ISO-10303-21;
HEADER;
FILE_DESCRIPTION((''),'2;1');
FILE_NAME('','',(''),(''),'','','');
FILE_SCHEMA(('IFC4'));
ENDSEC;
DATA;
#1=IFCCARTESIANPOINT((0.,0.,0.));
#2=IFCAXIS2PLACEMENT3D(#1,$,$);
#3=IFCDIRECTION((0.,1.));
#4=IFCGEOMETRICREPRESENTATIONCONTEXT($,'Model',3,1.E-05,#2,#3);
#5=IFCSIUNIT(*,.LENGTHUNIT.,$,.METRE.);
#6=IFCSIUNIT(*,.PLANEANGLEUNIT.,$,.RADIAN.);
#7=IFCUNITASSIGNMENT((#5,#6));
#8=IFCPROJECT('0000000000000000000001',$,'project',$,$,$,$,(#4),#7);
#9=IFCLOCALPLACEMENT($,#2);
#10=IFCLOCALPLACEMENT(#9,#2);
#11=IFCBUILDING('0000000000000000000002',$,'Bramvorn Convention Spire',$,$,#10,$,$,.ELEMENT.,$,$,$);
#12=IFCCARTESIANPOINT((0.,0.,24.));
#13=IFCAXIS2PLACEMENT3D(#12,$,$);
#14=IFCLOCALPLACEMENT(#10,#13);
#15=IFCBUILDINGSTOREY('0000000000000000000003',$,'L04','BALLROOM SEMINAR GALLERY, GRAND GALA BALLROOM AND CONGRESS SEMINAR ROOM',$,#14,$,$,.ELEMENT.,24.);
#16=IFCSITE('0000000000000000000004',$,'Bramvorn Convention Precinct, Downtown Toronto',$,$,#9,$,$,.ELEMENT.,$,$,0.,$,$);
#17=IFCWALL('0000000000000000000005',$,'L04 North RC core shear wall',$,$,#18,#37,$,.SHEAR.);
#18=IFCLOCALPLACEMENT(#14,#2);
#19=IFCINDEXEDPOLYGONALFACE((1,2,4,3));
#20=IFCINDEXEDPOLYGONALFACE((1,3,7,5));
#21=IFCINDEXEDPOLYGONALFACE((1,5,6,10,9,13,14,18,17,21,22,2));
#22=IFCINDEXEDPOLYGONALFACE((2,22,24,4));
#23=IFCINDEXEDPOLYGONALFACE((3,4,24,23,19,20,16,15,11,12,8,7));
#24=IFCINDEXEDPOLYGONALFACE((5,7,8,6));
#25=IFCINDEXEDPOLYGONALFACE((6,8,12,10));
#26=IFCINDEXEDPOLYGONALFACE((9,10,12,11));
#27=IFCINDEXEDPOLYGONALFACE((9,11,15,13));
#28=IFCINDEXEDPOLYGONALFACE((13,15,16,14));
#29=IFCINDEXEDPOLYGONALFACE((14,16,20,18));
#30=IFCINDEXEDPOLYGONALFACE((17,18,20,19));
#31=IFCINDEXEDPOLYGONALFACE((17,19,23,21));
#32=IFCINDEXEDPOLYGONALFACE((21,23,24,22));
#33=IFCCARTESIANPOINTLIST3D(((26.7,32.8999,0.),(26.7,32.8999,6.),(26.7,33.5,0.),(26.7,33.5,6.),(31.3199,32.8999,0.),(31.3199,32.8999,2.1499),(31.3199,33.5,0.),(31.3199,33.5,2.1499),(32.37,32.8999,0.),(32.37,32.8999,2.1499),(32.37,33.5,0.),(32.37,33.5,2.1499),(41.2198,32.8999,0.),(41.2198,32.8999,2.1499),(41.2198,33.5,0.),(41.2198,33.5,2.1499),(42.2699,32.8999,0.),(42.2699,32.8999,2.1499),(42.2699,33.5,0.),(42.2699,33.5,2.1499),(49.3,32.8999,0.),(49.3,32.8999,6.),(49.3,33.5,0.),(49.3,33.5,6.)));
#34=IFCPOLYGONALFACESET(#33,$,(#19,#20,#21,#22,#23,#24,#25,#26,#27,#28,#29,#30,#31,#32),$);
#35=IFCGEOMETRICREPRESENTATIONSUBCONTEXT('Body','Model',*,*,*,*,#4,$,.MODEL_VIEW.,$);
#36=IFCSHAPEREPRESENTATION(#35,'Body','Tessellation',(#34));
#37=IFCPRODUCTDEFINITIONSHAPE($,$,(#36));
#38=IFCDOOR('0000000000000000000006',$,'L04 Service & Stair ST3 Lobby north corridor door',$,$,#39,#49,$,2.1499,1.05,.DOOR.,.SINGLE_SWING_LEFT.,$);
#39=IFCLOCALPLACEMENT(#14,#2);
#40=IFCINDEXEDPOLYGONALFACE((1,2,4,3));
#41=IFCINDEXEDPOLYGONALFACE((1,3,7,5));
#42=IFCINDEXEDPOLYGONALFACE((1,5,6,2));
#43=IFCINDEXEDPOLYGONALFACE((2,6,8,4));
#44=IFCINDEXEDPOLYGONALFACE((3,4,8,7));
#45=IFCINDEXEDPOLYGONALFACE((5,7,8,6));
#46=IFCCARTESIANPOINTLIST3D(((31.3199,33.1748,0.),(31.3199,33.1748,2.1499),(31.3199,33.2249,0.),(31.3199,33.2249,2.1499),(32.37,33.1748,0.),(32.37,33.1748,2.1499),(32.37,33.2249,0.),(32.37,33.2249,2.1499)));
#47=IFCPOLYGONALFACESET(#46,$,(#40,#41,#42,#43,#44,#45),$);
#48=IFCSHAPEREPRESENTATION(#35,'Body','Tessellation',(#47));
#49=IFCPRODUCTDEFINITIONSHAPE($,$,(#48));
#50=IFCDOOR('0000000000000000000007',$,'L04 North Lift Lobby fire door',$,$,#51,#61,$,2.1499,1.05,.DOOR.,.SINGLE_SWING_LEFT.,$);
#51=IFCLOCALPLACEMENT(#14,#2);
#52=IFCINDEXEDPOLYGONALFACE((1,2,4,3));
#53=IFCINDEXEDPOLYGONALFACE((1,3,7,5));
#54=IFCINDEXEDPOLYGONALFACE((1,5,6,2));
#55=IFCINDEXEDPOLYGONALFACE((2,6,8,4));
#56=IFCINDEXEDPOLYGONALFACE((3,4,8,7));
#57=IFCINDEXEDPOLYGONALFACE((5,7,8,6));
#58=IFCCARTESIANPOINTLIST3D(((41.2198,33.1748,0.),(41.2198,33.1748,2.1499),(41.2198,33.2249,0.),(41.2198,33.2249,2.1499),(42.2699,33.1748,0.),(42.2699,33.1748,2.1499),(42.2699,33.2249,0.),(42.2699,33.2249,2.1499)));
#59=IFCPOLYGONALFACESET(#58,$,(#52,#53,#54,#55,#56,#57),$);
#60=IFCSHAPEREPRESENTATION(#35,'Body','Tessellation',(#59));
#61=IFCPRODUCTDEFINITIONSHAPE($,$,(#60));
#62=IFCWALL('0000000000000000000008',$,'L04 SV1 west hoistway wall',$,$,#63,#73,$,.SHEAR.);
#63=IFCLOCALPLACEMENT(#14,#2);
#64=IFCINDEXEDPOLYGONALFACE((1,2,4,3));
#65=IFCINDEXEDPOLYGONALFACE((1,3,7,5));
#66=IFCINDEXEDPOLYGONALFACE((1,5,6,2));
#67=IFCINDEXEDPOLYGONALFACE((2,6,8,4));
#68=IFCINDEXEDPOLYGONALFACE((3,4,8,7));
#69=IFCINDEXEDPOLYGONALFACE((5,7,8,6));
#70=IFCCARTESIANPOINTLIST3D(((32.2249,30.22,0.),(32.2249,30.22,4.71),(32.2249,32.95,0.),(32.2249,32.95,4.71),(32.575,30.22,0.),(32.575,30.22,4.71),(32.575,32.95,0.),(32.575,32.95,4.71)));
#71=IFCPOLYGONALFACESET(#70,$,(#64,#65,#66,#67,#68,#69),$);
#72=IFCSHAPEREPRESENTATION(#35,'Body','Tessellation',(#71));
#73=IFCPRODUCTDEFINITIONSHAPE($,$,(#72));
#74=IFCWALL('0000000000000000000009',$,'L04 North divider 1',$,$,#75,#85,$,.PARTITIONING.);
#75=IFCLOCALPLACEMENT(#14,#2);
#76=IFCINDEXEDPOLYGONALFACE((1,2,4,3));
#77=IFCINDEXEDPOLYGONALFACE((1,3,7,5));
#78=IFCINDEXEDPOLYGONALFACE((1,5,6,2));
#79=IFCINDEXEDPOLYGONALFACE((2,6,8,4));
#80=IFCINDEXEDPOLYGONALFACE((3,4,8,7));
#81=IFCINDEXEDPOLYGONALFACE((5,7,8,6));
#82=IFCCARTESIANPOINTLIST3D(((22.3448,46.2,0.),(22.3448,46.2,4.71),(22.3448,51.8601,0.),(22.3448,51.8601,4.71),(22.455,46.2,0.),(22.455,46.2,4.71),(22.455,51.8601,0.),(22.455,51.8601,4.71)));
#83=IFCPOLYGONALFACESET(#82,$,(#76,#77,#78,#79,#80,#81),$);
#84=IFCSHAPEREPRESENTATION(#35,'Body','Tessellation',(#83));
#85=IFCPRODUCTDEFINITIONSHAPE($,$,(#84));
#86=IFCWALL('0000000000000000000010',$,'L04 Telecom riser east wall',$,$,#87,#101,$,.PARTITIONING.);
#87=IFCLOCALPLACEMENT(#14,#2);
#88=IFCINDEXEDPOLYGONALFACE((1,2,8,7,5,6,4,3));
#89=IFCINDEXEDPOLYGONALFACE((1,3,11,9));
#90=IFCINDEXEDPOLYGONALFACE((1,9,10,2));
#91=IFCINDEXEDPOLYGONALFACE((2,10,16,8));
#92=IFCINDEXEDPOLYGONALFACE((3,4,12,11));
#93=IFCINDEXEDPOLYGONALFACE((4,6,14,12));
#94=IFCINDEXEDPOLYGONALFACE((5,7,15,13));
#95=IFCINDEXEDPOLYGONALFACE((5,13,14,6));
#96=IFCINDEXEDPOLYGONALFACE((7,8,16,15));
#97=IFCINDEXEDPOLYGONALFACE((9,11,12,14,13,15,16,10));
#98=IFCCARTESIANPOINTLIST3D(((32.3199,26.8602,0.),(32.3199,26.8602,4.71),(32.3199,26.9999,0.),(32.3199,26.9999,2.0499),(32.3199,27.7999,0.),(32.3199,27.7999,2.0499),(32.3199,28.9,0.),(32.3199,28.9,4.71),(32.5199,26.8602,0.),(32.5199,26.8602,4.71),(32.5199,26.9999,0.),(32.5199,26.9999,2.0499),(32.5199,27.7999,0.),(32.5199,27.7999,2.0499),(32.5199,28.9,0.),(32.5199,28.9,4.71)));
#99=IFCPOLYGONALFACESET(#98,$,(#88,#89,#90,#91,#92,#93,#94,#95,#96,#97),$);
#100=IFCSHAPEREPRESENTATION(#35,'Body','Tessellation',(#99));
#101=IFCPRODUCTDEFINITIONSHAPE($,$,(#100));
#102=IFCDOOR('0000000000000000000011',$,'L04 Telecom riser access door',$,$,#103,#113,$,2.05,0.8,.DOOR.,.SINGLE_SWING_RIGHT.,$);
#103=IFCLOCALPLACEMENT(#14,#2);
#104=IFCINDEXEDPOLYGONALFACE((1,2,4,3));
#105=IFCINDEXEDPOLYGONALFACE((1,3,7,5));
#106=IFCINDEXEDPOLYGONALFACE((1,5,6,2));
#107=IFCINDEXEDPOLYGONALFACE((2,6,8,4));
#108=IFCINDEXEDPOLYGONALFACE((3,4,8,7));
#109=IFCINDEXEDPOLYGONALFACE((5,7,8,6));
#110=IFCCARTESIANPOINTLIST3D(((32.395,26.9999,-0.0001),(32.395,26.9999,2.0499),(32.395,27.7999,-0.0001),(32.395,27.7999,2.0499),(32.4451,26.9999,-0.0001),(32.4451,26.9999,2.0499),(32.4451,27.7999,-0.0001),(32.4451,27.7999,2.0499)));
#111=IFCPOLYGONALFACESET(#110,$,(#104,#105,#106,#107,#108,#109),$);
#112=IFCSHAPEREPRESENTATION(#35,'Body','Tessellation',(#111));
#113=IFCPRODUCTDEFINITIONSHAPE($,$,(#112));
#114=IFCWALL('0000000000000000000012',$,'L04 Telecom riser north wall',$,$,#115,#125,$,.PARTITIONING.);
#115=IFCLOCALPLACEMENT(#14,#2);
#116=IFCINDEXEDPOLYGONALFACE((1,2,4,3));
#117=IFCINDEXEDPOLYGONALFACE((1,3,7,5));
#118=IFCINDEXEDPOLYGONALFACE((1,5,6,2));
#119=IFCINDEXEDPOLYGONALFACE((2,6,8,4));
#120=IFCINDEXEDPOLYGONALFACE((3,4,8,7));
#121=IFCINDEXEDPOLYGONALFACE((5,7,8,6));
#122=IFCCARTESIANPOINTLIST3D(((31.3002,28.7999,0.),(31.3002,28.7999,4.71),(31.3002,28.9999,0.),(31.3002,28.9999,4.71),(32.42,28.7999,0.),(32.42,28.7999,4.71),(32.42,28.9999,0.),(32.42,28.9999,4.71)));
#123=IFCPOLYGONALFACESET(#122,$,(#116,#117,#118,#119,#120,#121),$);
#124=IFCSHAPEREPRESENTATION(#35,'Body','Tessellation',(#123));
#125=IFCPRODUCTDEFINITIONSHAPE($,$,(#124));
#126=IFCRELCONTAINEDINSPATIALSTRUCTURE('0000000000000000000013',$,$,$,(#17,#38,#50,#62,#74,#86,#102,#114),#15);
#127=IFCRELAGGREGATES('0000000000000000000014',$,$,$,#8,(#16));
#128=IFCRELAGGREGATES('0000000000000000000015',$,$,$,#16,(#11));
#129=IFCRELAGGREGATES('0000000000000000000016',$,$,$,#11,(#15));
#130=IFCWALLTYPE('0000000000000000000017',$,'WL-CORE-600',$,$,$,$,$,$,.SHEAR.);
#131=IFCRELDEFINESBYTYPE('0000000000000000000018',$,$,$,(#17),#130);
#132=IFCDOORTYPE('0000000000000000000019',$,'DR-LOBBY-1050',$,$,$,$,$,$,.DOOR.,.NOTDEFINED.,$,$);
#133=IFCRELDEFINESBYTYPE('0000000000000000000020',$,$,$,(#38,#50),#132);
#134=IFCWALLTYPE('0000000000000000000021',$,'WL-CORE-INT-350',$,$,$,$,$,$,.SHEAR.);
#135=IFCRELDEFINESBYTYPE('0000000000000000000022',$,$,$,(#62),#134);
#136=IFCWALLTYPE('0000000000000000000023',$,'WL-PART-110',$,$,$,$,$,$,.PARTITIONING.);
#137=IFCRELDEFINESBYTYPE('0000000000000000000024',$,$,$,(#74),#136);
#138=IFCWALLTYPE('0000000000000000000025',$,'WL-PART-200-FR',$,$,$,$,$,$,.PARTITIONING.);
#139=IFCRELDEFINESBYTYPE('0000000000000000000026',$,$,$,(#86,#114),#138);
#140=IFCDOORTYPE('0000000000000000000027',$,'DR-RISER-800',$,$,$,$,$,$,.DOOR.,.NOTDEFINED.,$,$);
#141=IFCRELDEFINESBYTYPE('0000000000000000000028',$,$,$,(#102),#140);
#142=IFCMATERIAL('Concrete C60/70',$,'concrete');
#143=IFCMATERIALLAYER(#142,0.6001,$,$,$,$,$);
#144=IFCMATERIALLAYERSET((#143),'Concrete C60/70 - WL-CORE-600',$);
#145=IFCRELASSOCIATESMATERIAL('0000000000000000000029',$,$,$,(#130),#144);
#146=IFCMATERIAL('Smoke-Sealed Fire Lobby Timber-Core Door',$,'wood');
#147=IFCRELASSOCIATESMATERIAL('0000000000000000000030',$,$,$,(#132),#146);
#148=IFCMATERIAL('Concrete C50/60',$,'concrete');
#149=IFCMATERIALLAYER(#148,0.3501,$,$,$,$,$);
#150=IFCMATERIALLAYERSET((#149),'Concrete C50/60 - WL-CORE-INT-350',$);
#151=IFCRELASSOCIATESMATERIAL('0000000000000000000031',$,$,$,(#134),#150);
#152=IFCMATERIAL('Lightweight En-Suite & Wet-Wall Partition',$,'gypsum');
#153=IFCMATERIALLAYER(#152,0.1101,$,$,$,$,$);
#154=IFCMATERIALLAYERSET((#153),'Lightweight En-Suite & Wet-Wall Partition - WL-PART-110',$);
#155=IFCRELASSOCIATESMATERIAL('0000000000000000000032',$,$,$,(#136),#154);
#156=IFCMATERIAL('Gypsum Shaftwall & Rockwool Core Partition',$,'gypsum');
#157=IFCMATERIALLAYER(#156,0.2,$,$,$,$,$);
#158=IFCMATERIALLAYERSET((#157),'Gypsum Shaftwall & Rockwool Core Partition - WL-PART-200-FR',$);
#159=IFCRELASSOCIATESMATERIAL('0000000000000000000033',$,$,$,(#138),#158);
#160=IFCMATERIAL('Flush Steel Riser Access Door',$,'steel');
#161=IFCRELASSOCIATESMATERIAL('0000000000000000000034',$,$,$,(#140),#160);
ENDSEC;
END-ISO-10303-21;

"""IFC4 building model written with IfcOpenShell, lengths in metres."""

from ifc_helpers import new_model, si_unit, direction, frame, frame_2d, origin, place, context, subcontext, project, spatial, rectangle, extrude, material, layer, layer_set, type_object, element, fill, save


model = new_model("IFC4")

# Units and contexts
model_context = context("Model", 3, precision=1e-05, world=origin(), true_north=direction((0.0, 1.0)))
body_context = subcontext(model_context, "Body", "Model", "MODEL_VIEW")
ifc_project = project(units=[si_unit("LENGTHUNIT", "METRE"), si_unit("PLANEANGLEUNIT", "RADIAN")], contexts=[model_context])

# Site, building, storey
site_placement = place(None, origin())
site = spatial("IfcSite", under=ifc_project, at=site_placement, Name="Bramvorn Convention Precinct, Downtown Toronto", CompositionType="ELEMENT", RefElevation=0.0)
building_placement = place(site_placement, origin())
building = spatial("IfcBuilding", under=site, at=building_placement, Name="Bramvorn Convention Spire", CompositionType="ELEMENT")
storey_placement = place(building_placement, frame((0.0, 0.0, 24.0)))
storey = spatial("IfcBuildingStorey", under=building, at=storey_placement, Name="L04", Description="BALLROOM SEMINAR GALLERY, GRAND GALA BALLROOM AND CONGRESS SEMINAR ROOM", CompositionType="ELEMENT", Elevation=24.0)

# Wall, openings, doors
ifc_material_1 = material(Name="Concrete C60/70", Category="concrete")
ifc_layer_1 = layer(ifc_material_1, 0.6001)
ifc_layer_set_1 = layer_set([ifc_layer_1], Name="Concrete C60/70 - WL-CORE-600")
wall_type_1 = type_object("IfcWallType", Name="WL-CORE-600", PredefinedType="SHEAR", material=ifc_layer_set_1)
wall_1_placement = place(storey_placement, frame((26.7, 33.2, 0.0), z_axis=(0.0, 0.0, 1.0), x_axis=(1.0, 0.0, 0.0)))
wall_1 = element("IfcWall", 1, at=wall_1_placement, inside=storey, type_object=wall_type_1, Name="L04 North RC core shear wall", PredefinedType="SHEAR", context=body_context, shape_type="SweptSolid", body=[
    extrude(rectangle(XDim=22.6001, YDim=0.6001, at=frame_2d((11.3, 0.0))), origin(), (0.0, 0.0, 1.0), 6.0),
])
opening_1_placement = place(wall_1_placement, frame((4.6201, 0.0, 0.0)))
opening_1 = element("IfcOpeningElement", 2, at=opening_1_placement, cuts=wall_1, PredefinedType="OPENING", context=body_context, shape_type="SweptSolid", body=[
    extrude(rectangle(XDim=1.05, YDim=2.1499, at=frame_2d((0.5249, 1.075))), frame((0.0, 0.3101, 0.0), z_axis=(0.0, -1.0, 0.0), x_axis=(1.0, 0.0, 0.0)), (0.0, 0.0, 1.0), 0.6201),
])
opening_2_placement = place(wall_1_placement, frame((14.52, 0.0, 0.0)))
opening_2 = element("IfcOpeningElement", 3, at=opening_2_placement, cuts=wall_1, PredefinedType="OPENING", context=body_context, shape_type="SweptSolid", body=[
    extrude(rectangle(XDim=1.05, YDim=2.1499, at=frame_2d((0.5249, 1.075))), frame((0.0, 0.3101, 0.0), z_axis=(0.0, -1.0, 0.0), x_axis=(1.0, 0.0, 0.0)), (0.0, 0.0, 1.0), 0.6201),
])
ifc_material_2 = material(Name="Smoke-Sealed Fire Lobby Timber-Core Door", Category="wood")
door_type_1 = type_object("IfcDoorType", Name="DR-LOBBY-1050", OperationType="NOTDEFINED", PredefinedType="DOOR", material=ifc_material_2)
door_1_placement = place(opening_1_placement, origin())
door_1 = element("IfcDoor", 4, at=door_1_placement, inside=storey, type_object=door_type_1, Name="L04 Service & Stair ST3 Lobby north corridor door", OperationType="SINGLE_SWING_LEFT", OverallHeight=2.1499, OverallWidth=1.05, PredefinedType="DOOR", context=body_context, shape_type="SweptSolid", body=[
    extrude(rectangle(XDim=1.05, YDim=2.1499, at=frame_2d((0.5249, 1.075))), frame((0.0, 0.0249, 0.0), z_axis=(0.0, -1.0, 0.0), x_axis=(1.0, 0.0, 0.0)), (0.0, 0.0, 1.0), 0.05),
])
fill(opening_1, door_1)
door_2_placement = place(opening_2_placement, origin())
door_2 = element("IfcDoor", 5, at=door_2_placement, inside=storey, type_object=door_type_1, Name="L04 North Lift Lobby fire door", OperationType="SINGLE_SWING_LEFT", OverallHeight=2.1499, OverallWidth=1.05, PredefinedType="DOOR", context=body_context, shape_type="SweptSolid", body=[
    extrude(rectangle(XDim=1.05, YDim=2.1499, at=frame_2d((0.5249, 1.075))), frame((0.0, 0.0249, 0.0), z_axis=(0.0, -1.0, 0.0), x_axis=(1.0, 0.0, 0.0)), (0.0, 0.0, 1.0), 0.05),
])
fill(opening_2, door_2)

# Shared definitions
ifc_material_3 = material(Name="Concrete C50/60", Category="concrete")
ifc_layer_2 = layer(ifc_material_3, 0.3501)
ifc_layer_set_2 = layer_set([ifc_layer_2], Name="Concrete C50/60 - WL-CORE-INT-350")
wall_type_2 = type_object("IfcWallType", Name="WL-CORE-INT-350", PredefinedType="SHEAR", material=ifc_layer_set_2)

# Walls
wall_2_placement = place(storey_placement, frame((32.3999, 30.22, 0.0), z_axis=(0.0, 0.0, 1.0), x_axis=(0.0, 1.0, 0.0)))
element("IfcWall", 6, at=wall_2_placement, inside=storey, type_object=wall_type_2, Name="L04 SV1 west hoistway wall", PredefinedType="SHEAR", context=body_context, shape_type="SweptSolid", body=[
    extrude(rectangle(XDim=2.73, YDim=0.3501, at=frame_2d((1.365, 0.0))), origin(), (0.0, 0.0, 1.0), 4.71),
])
ifc_material_4 = material(Name="Lightweight En-Suite & Wet-Wall Partition", Category="gypsum")
ifc_layer_3 = layer(ifc_material_4, 0.1101)
ifc_layer_set_3 = layer_set([ifc_layer_3], Name="Lightweight En-Suite & Wet-Wall Partition - WL-PART-110")
wall_type_3 = type_object("IfcWallType", Name="WL-PART-110", PredefinedType="PARTITIONING", material=ifc_layer_set_3)
wall_3_placement = place(storey_placement, frame((22.3999, 46.2, 0.0), z_axis=(0.0, 0.0, 1.0), x_axis=(0.0, 1.0, 0.0)))
element("IfcWall", 7, at=wall_3_placement, inside=storey, type_object=wall_type_3, Name="L04 North divider 1", PredefinedType="PARTITIONING", context=body_context, shape_type="SweptSolid", body=[
    extrude(rectangle(XDim=5.6602, YDim=0.1101, at=frame_2d((2.8301, 0.0))), origin(), (0.0, 0.0, 1.0), 4.71),
])

# Wall, opening, door
ifc_material_5 = material(Name="Gypsum Shaftwall & Rockwool Core Partition", Category="gypsum")
ifc_layer_4 = layer(ifc_material_5, 0.2)
ifc_layer_set_4 = layer_set([ifc_layer_4], Name="Gypsum Shaftwall & Rockwool Core Partition - WL-PART-200-FR")
wall_type_4 = type_object("IfcWallType", Name="WL-PART-200-FR", PredefinedType="PARTITIONING", material=ifc_layer_set_4)
wall_4_placement = place(storey_placement, frame((32.4199, 26.8601, 0.0), z_axis=(0.0, 0.0, 1.0), x_axis=(0.0, 1.0, 0.0)))
wall_4 = element("IfcWall", 8, at=wall_4_placement, inside=storey, type_object=wall_type_4, Name="L04 Telecom riser east wall", PredefinedType="PARTITIONING", context=body_context, shape_type="SweptSolid", body=[
    extrude(rectangle(XDim=2.0398, YDim=0.2, at=frame_2d((1.02, 0.0))), origin(), (0.0, 0.0, 1.0), 4.71),
])
opening_3_placement = place(wall_4_placement, frame((0.1399, 0.0, 0.0)))
opening_3 = element("IfcOpeningElement", 9, at=opening_3_placement, cuts=wall_4, PredefinedType="OPENING", context=body_context, shape_type="SweptSolid", body=[
    extrude(rectangle(XDim=0.8, YDim=2.05, at=frame_2d((0.3999, 1.0249))), frame((0.0, 0.1099, 0.0), z_axis=(0.0, -1.0, 0.0), x_axis=(1.0, 0.0, 0.0)), (0.0, 0.0, 1.0), 0.22),
])
ifc_material_6 = material(Name="Flush Steel Riser Access Door", Category="steel")
door_type_2 = type_object("IfcDoorType", Name="DR-RISER-800", OperationType="NOTDEFINED", PredefinedType="DOOR", material=ifc_material_6)
door_3_placement = place(opening_3_placement, origin())
door_3 = element("IfcDoor", 10, at=door_3_placement, inside=storey, type_object=door_type_2, Name="L04 Telecom riser access door", OperationType="SINGLE_SWING_RIGHT", OverallHeight=2.05, OverallWidth=0.8, PredefinedType="DOOR", context=body_context, shape_type="SweptSolid", body=[
    extrude(rectangle(XDim=0.8, YDim=2.05, at=frame_2d((0.3999, 1.0249))), frame((0.0, 0.0249, 0.0), z_axis=(0.0, -1.0, 0.0), x_axis=(1.0, 0.0, 0.0)), (0.0, 0.0, 1.0), 0.05),
])
fill(opening_3, door_3)

# Wall
wall_5_placement = place(storey_placement, frame((31.3, 28.8999, 0.0), z_axis=(0.0, 0.0, 1.0), x_axis=(1.0, 0.0, 0.0)))
element("IfcWall", 11, at=wall_5_placement, inside=storey, type_object=wall_type_4, Name="L04 Telecom riser north wall", PredefinedType="PARTITIONING", context=body_context, shape_type="SweptSolid", body=[
    extrude(rectangle(XDim=1.1199, YDim=0.2, at=frame_2d((0.5601, 0.0))), origin(), (0.0, 0.0, 1.0), 4.71),
])

save(model, "model.ifc")
